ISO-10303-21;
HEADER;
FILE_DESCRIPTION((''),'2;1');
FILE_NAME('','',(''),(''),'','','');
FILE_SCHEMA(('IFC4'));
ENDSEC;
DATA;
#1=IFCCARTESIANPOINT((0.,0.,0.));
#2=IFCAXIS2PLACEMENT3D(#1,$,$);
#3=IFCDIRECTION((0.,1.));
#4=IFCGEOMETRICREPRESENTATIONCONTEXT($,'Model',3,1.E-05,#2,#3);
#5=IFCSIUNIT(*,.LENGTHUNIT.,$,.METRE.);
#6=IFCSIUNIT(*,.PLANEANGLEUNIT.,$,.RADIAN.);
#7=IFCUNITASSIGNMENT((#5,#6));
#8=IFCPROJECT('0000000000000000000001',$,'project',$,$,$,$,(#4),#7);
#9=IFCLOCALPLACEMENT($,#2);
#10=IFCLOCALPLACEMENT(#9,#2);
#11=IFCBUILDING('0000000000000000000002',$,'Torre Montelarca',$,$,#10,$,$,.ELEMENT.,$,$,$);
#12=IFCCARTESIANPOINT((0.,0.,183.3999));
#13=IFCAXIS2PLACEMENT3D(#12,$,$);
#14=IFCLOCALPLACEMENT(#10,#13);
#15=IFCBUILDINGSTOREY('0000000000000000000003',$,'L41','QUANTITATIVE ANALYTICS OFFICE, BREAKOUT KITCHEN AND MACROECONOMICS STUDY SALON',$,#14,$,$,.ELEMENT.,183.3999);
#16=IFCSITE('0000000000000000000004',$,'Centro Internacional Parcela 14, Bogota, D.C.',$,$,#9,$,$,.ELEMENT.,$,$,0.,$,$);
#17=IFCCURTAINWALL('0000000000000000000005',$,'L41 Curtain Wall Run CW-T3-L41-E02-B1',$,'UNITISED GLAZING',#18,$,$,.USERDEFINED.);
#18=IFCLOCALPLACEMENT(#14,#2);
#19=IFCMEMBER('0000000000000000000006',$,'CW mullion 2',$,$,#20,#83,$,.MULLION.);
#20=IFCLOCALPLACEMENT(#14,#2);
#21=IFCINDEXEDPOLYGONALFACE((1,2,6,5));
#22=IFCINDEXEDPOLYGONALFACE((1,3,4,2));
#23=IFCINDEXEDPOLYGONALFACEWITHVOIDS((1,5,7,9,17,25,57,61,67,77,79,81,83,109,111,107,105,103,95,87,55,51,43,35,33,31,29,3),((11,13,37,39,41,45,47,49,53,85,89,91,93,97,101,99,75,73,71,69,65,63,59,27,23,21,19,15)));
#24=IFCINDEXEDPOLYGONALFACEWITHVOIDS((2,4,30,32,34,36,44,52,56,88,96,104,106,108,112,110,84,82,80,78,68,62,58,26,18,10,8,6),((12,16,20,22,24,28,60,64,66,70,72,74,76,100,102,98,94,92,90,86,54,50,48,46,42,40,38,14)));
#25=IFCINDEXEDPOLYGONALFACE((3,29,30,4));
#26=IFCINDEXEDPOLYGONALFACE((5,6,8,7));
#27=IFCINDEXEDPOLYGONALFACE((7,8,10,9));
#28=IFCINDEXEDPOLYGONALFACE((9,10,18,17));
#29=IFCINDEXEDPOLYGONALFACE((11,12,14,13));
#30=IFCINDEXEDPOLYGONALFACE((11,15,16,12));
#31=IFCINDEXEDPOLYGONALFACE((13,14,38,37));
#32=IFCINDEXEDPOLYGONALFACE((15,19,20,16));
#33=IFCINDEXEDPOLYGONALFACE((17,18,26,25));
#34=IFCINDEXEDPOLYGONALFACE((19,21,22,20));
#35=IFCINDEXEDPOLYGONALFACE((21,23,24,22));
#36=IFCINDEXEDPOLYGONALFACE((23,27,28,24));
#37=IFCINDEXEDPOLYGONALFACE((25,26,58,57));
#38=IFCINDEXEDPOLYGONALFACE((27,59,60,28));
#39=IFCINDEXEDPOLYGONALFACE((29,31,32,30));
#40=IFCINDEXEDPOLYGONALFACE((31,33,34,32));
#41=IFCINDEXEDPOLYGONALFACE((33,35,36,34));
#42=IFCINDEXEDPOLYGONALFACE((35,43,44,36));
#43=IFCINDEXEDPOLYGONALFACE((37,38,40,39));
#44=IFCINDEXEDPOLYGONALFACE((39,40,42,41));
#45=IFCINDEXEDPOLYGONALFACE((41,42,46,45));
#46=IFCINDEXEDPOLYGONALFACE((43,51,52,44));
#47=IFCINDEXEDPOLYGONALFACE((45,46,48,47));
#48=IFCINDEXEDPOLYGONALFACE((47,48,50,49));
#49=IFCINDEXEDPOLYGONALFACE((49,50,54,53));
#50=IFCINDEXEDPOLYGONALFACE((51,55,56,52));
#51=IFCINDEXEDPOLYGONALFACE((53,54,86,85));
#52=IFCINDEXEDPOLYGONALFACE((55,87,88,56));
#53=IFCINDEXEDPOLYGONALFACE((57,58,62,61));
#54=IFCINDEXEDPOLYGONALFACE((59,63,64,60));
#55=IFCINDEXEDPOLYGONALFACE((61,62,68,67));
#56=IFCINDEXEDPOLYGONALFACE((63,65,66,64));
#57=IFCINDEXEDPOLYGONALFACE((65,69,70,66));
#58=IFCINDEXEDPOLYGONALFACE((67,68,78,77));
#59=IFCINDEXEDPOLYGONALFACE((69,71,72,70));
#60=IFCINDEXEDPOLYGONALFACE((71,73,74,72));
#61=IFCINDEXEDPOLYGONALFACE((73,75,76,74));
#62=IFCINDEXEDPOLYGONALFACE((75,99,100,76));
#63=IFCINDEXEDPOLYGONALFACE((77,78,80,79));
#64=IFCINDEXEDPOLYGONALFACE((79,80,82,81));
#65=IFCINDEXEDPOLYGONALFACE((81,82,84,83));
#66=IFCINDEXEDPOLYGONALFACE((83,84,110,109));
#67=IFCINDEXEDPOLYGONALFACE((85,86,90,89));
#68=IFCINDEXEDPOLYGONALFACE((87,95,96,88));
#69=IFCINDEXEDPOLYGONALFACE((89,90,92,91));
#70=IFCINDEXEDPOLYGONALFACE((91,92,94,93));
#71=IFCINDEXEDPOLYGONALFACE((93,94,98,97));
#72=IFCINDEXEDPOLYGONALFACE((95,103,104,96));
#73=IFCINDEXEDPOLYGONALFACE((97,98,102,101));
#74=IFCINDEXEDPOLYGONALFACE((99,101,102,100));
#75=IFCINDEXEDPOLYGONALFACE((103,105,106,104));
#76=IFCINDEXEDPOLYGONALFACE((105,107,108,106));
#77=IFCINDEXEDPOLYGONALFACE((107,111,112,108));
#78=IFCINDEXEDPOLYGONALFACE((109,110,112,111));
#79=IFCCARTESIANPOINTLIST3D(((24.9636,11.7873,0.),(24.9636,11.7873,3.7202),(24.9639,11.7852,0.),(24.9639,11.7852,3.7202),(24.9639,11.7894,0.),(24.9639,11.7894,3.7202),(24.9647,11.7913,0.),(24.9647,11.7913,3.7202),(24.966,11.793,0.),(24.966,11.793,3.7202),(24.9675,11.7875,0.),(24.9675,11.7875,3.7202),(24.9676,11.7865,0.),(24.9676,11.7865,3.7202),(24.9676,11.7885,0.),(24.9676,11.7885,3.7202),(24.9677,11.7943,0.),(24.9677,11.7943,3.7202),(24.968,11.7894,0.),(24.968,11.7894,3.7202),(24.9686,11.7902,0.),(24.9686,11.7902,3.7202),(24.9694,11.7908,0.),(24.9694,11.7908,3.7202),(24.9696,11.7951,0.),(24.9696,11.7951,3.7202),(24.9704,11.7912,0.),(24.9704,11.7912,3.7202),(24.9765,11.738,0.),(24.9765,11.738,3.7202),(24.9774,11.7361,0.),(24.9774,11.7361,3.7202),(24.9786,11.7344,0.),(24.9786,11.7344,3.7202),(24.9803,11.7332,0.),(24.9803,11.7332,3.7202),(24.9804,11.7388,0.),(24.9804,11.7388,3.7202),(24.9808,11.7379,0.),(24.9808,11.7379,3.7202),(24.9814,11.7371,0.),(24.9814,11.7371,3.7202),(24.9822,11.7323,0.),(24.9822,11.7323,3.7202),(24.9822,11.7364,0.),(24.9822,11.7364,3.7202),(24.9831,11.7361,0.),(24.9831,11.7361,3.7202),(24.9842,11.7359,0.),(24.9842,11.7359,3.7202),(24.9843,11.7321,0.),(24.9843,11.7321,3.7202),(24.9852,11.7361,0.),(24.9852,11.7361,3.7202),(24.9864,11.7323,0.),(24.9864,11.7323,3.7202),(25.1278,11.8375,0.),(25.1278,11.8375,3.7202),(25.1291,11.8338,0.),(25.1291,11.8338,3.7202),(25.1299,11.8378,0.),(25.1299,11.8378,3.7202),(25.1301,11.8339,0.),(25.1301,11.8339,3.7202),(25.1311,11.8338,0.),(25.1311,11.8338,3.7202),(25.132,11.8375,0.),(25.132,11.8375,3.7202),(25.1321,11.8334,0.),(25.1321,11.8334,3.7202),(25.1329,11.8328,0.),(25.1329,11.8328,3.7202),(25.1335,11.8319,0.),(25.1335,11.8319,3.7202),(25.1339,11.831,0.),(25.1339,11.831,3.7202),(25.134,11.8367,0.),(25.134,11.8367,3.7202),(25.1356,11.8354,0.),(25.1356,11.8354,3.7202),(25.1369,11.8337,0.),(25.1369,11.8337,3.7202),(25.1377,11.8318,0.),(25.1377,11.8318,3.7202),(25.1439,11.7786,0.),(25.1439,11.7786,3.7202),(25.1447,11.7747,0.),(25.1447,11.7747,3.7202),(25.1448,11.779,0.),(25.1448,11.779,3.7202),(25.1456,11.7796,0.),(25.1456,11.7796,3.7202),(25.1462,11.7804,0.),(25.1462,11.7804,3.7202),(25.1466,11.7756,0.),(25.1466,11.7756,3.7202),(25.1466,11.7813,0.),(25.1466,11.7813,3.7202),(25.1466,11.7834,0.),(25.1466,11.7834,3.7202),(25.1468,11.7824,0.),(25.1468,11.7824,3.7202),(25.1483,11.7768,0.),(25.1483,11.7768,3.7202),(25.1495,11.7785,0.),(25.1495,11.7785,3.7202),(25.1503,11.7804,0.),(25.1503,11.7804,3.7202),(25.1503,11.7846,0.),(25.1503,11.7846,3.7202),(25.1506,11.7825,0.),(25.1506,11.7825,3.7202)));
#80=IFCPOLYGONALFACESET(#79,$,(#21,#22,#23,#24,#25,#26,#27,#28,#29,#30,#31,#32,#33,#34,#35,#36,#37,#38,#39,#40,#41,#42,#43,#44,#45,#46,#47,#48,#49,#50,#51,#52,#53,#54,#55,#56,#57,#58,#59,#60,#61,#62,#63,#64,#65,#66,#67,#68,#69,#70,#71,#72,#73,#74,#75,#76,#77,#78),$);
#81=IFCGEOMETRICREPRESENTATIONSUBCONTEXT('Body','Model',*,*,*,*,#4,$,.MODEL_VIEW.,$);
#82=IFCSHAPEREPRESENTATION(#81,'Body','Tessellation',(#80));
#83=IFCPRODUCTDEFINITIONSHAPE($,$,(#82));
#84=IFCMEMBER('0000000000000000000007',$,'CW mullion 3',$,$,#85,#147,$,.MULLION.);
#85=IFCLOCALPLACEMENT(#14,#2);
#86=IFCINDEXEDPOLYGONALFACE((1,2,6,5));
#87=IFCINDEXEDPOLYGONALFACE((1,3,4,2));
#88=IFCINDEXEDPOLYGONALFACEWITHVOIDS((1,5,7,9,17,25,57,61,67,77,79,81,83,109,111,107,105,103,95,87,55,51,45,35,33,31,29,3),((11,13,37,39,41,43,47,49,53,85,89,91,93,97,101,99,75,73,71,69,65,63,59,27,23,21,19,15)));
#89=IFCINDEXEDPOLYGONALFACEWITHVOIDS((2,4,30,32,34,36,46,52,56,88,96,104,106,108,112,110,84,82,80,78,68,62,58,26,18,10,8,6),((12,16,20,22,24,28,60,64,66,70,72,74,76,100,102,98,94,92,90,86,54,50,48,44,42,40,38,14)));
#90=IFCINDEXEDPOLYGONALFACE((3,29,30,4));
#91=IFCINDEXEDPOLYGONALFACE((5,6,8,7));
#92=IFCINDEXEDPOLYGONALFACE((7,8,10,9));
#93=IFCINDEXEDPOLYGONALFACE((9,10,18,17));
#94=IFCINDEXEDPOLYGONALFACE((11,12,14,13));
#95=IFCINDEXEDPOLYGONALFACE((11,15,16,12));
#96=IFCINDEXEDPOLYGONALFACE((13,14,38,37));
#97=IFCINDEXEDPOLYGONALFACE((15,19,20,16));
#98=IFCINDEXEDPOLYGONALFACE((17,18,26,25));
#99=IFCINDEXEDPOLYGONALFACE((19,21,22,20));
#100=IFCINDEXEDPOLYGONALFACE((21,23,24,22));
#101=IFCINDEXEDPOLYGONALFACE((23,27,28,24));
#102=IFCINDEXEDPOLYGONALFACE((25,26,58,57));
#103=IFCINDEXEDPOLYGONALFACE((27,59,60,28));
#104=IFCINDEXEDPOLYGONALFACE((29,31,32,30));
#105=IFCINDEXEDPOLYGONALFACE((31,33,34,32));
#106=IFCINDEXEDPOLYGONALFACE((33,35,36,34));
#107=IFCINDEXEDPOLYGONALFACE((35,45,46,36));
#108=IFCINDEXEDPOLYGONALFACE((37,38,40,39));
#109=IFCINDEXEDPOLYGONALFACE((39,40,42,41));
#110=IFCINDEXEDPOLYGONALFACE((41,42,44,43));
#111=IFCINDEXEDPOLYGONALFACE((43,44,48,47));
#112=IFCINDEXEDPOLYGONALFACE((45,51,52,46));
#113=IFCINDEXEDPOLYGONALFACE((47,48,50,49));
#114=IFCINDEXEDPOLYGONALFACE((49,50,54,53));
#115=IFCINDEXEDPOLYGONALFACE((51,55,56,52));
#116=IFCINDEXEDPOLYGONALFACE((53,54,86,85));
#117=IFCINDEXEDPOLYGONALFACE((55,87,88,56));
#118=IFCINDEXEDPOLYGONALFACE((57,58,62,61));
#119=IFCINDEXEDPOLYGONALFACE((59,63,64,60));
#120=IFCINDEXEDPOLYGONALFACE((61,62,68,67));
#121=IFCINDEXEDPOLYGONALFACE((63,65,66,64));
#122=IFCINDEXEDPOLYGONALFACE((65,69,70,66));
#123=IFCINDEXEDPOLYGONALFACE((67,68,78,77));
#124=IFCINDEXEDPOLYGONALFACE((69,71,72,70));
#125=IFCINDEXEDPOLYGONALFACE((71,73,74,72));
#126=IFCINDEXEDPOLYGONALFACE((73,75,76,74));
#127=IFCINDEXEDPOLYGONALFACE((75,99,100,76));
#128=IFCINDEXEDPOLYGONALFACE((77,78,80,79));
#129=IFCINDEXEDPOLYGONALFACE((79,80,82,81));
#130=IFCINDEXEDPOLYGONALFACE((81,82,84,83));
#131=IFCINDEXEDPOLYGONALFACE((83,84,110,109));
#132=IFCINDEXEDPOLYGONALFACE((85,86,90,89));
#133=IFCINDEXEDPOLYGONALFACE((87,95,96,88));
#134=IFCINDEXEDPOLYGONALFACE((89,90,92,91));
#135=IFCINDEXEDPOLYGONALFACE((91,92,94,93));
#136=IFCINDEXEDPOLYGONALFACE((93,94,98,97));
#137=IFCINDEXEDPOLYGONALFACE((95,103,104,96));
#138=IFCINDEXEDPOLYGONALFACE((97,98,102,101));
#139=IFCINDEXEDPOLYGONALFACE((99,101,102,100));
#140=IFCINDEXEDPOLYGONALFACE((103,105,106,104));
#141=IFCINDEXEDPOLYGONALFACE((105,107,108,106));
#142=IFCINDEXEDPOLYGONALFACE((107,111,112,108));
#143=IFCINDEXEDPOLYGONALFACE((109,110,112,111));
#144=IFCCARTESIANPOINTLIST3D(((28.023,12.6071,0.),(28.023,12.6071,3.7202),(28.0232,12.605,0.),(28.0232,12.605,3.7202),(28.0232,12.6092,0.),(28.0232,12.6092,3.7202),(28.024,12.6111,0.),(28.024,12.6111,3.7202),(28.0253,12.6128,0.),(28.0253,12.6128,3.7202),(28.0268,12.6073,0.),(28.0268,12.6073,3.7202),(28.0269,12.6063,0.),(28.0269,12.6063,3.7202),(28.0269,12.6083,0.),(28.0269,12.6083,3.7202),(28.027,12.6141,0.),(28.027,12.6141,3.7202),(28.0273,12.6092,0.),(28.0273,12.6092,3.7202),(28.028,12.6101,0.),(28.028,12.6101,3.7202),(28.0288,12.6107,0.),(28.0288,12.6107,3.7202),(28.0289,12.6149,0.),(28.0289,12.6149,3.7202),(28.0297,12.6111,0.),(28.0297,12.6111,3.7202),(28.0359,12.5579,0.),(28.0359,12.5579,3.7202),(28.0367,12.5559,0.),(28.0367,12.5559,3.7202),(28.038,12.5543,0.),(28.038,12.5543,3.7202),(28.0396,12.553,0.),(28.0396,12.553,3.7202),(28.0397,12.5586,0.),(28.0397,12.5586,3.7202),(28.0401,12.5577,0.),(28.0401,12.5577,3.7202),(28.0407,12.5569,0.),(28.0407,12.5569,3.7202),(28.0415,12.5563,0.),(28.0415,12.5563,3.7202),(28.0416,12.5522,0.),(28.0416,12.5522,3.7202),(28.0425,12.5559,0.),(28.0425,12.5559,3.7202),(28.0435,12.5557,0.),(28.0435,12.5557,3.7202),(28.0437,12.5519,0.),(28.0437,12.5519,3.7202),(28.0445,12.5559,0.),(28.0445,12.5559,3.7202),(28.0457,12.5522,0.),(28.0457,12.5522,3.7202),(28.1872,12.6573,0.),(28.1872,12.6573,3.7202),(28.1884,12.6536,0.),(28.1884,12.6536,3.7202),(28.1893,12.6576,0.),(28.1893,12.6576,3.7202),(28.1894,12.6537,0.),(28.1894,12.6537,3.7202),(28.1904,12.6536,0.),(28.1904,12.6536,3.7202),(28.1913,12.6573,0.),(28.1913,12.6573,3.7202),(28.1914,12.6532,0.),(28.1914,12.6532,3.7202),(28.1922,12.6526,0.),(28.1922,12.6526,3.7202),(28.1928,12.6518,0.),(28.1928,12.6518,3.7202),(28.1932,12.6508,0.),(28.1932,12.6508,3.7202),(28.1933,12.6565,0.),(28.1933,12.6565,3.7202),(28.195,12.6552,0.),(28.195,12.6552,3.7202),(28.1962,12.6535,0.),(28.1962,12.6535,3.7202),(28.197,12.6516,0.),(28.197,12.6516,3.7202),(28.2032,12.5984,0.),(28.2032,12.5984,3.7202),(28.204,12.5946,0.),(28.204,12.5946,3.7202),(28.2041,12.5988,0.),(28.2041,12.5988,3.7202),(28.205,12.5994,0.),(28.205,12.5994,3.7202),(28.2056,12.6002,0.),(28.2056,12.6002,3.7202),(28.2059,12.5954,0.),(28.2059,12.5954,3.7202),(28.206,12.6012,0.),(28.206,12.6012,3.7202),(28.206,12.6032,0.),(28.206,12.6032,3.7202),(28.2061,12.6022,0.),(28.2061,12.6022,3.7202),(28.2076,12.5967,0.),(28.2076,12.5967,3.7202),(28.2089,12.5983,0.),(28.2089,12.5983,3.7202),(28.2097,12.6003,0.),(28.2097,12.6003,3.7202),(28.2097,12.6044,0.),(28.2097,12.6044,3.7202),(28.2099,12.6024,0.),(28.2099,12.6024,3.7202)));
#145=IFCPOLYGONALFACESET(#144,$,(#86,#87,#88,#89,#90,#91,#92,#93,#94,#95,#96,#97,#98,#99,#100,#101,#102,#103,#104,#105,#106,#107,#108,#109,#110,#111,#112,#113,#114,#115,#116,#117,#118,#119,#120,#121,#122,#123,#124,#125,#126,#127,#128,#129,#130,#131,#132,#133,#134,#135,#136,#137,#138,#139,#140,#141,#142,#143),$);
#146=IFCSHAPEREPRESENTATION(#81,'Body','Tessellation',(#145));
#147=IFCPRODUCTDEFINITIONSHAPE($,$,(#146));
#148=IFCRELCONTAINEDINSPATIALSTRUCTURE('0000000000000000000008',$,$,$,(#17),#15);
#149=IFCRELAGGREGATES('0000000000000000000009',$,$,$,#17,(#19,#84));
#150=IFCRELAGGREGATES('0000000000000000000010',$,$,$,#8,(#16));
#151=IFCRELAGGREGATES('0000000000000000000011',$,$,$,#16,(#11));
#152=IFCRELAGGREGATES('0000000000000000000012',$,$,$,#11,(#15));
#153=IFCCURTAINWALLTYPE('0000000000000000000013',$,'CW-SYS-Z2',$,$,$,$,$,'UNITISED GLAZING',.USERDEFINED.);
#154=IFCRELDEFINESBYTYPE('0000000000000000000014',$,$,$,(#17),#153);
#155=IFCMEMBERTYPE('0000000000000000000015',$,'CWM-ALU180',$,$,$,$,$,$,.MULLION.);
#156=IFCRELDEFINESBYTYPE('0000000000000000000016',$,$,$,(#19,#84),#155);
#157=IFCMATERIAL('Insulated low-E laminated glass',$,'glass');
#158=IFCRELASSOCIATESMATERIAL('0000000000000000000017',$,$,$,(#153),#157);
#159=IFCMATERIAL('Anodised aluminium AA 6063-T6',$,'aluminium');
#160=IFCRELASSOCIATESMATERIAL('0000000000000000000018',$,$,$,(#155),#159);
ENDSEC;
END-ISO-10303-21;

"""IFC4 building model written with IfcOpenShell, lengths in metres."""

from ifc_helpers import new_model, si_unit, direction, frame, origin, origin_2d, place, context, subcontext, project, spatial, hollow_rectangle, extrude, source, transform, mapped, material, material_profile, profile_set, type_object, element, aggregate, save


model = new_model("IFC4")

# Units and contexts
model_context = context("Model", 3, precision=1e-05, world=origin(), true_north=direction((0.0, 1.0)))
body_context = subcontext(model_context, "Body", "Model", "MODEL_VIEW")
ifc_project = project(units=[si_unit("LENGTHUNIT", "METRE"), si_unit("PLANEANGLEUNIT", "RADIAN")], contexts=[model_context])

# Site, building, storey
site_placement = place(None, origin())
site = spatial("IfcSite", under=ifc_project, at=site_placement, Name="Centro Internacional Parcela 14, Bogota, D.C.", CompositionType="ELEMENT", RefElevation=0.0)
building_placement = place(site_placement, origin())
building = spatial("IfcBuilding", under=site, at=building_placement, Name="Torre Montelarca", CompositionType="ELEMENT")
storey_placement = place(building_placement, frame((0.0, 0.0, 183.3999)))
storey = spatial("IfcBuildingStorey", under=building, at=storey_placement, Name="L41", Description="QUANTITATIVE ANALYTICS OFFICE, BREAKOUT KITCHEN AND MACROECONOMICS STUDY SALON", CompositionType="ELEMENT", Elevation=183.3999)

# Curtain wall, members
ifc_material_1 = material(Name="Insulated low-E laminated glass", Category="glass")
curtain_wall_type = type_object("IfcCurtainWallType", Name="CW-SYS-Z2", ElementType="UNITISED GLAZING", PredefinedType="USERDEFINED", material=ifc_material_1)
curtain_wall_1_placement = place(storey_placement, origin())
curtain_wall_1 = element("IfcCurtainWall", 1, at=curtain_wall_1_placement, inside=storey, type_object=curtain_wall_type, Name="L41 Curtain Wall Run CW-T3-L41-E02-B1", ObjectType="UNITISED GLAZING", PredefinedType="USERDEFINED")
ifc_material_2 = material(Name="Anodised aluminium AA 6063-T6", Category="aluminium")
ifc_material_profile_1 = material_profile(ifc_material_2, hollow_rectangle(XDim=0.0649, YDim=0.1799, WallThickness=0.0039, InnerFilletRadius=0.0039, OuterFilletRadius=0.0081, at=origin_2d()), Name="ALU65X180X4", Category="aluminium")
ifc_profile_set_1 = profile_set([ifc_material_profile_1], Name="Anodised aluminium AA 6063-T6")
member_type_1 = type_object("IfcMemberType", Name="CWM-ALU180", PredefinedType="MULLION", material=ifc_profile_set_1)
shared_shape_1 = source(origin(), body_context, "Body", "SweptSolid", [
    extrude(hollow_rectangle(XDim=0.0649, YDim=0.1799, WallThickness=0.0039, InnerFilletRadius=0.0039, OuterFilletRadius=0.0081, at=origin_2d()), origin(), (0.0, 0.0, 1.0), 3.7202),
])
member_1_placement = place(storey_placement, frame((25.0571, 11.7849, 0.0), z_axis=(0.0, 0.0, 1.0), x_axis=(-0.258826, 0.965924, 0.0)))
member_1 = element("IfcMember", 2, at=member_1_placement, type_object=member_type_1, Name="CW mullion 2", PredefinedType="MULLION", context=body_context, shape_type="MappedRepresentation", body=[
    mapped(shared_shape_1, transform((0.0, 0.0, 0.0), scale=1.0)),
])
member_2_placement = place(storey_placement, frame((28.1165, 12.6047, 0.0), z_axis=(0.0, 0.0, 1.0), x_axis=(-0.258826, 0.965924, 0.0)))
member_2 = element("IfcMember", 3, at=member_2_placement, type_object=member_type_1, Name="CW mullion 3", PredefinedType="MULLION", context=body_context, shape_type="MappedRepresentation", body=[
    mapped(shared_shape_1, transform((0.0, 0.0, 0.0), scale=1.0)),
])

aggregate(curtain_wall_1, [member_1, member_2])

save(model, "model.ifc")
